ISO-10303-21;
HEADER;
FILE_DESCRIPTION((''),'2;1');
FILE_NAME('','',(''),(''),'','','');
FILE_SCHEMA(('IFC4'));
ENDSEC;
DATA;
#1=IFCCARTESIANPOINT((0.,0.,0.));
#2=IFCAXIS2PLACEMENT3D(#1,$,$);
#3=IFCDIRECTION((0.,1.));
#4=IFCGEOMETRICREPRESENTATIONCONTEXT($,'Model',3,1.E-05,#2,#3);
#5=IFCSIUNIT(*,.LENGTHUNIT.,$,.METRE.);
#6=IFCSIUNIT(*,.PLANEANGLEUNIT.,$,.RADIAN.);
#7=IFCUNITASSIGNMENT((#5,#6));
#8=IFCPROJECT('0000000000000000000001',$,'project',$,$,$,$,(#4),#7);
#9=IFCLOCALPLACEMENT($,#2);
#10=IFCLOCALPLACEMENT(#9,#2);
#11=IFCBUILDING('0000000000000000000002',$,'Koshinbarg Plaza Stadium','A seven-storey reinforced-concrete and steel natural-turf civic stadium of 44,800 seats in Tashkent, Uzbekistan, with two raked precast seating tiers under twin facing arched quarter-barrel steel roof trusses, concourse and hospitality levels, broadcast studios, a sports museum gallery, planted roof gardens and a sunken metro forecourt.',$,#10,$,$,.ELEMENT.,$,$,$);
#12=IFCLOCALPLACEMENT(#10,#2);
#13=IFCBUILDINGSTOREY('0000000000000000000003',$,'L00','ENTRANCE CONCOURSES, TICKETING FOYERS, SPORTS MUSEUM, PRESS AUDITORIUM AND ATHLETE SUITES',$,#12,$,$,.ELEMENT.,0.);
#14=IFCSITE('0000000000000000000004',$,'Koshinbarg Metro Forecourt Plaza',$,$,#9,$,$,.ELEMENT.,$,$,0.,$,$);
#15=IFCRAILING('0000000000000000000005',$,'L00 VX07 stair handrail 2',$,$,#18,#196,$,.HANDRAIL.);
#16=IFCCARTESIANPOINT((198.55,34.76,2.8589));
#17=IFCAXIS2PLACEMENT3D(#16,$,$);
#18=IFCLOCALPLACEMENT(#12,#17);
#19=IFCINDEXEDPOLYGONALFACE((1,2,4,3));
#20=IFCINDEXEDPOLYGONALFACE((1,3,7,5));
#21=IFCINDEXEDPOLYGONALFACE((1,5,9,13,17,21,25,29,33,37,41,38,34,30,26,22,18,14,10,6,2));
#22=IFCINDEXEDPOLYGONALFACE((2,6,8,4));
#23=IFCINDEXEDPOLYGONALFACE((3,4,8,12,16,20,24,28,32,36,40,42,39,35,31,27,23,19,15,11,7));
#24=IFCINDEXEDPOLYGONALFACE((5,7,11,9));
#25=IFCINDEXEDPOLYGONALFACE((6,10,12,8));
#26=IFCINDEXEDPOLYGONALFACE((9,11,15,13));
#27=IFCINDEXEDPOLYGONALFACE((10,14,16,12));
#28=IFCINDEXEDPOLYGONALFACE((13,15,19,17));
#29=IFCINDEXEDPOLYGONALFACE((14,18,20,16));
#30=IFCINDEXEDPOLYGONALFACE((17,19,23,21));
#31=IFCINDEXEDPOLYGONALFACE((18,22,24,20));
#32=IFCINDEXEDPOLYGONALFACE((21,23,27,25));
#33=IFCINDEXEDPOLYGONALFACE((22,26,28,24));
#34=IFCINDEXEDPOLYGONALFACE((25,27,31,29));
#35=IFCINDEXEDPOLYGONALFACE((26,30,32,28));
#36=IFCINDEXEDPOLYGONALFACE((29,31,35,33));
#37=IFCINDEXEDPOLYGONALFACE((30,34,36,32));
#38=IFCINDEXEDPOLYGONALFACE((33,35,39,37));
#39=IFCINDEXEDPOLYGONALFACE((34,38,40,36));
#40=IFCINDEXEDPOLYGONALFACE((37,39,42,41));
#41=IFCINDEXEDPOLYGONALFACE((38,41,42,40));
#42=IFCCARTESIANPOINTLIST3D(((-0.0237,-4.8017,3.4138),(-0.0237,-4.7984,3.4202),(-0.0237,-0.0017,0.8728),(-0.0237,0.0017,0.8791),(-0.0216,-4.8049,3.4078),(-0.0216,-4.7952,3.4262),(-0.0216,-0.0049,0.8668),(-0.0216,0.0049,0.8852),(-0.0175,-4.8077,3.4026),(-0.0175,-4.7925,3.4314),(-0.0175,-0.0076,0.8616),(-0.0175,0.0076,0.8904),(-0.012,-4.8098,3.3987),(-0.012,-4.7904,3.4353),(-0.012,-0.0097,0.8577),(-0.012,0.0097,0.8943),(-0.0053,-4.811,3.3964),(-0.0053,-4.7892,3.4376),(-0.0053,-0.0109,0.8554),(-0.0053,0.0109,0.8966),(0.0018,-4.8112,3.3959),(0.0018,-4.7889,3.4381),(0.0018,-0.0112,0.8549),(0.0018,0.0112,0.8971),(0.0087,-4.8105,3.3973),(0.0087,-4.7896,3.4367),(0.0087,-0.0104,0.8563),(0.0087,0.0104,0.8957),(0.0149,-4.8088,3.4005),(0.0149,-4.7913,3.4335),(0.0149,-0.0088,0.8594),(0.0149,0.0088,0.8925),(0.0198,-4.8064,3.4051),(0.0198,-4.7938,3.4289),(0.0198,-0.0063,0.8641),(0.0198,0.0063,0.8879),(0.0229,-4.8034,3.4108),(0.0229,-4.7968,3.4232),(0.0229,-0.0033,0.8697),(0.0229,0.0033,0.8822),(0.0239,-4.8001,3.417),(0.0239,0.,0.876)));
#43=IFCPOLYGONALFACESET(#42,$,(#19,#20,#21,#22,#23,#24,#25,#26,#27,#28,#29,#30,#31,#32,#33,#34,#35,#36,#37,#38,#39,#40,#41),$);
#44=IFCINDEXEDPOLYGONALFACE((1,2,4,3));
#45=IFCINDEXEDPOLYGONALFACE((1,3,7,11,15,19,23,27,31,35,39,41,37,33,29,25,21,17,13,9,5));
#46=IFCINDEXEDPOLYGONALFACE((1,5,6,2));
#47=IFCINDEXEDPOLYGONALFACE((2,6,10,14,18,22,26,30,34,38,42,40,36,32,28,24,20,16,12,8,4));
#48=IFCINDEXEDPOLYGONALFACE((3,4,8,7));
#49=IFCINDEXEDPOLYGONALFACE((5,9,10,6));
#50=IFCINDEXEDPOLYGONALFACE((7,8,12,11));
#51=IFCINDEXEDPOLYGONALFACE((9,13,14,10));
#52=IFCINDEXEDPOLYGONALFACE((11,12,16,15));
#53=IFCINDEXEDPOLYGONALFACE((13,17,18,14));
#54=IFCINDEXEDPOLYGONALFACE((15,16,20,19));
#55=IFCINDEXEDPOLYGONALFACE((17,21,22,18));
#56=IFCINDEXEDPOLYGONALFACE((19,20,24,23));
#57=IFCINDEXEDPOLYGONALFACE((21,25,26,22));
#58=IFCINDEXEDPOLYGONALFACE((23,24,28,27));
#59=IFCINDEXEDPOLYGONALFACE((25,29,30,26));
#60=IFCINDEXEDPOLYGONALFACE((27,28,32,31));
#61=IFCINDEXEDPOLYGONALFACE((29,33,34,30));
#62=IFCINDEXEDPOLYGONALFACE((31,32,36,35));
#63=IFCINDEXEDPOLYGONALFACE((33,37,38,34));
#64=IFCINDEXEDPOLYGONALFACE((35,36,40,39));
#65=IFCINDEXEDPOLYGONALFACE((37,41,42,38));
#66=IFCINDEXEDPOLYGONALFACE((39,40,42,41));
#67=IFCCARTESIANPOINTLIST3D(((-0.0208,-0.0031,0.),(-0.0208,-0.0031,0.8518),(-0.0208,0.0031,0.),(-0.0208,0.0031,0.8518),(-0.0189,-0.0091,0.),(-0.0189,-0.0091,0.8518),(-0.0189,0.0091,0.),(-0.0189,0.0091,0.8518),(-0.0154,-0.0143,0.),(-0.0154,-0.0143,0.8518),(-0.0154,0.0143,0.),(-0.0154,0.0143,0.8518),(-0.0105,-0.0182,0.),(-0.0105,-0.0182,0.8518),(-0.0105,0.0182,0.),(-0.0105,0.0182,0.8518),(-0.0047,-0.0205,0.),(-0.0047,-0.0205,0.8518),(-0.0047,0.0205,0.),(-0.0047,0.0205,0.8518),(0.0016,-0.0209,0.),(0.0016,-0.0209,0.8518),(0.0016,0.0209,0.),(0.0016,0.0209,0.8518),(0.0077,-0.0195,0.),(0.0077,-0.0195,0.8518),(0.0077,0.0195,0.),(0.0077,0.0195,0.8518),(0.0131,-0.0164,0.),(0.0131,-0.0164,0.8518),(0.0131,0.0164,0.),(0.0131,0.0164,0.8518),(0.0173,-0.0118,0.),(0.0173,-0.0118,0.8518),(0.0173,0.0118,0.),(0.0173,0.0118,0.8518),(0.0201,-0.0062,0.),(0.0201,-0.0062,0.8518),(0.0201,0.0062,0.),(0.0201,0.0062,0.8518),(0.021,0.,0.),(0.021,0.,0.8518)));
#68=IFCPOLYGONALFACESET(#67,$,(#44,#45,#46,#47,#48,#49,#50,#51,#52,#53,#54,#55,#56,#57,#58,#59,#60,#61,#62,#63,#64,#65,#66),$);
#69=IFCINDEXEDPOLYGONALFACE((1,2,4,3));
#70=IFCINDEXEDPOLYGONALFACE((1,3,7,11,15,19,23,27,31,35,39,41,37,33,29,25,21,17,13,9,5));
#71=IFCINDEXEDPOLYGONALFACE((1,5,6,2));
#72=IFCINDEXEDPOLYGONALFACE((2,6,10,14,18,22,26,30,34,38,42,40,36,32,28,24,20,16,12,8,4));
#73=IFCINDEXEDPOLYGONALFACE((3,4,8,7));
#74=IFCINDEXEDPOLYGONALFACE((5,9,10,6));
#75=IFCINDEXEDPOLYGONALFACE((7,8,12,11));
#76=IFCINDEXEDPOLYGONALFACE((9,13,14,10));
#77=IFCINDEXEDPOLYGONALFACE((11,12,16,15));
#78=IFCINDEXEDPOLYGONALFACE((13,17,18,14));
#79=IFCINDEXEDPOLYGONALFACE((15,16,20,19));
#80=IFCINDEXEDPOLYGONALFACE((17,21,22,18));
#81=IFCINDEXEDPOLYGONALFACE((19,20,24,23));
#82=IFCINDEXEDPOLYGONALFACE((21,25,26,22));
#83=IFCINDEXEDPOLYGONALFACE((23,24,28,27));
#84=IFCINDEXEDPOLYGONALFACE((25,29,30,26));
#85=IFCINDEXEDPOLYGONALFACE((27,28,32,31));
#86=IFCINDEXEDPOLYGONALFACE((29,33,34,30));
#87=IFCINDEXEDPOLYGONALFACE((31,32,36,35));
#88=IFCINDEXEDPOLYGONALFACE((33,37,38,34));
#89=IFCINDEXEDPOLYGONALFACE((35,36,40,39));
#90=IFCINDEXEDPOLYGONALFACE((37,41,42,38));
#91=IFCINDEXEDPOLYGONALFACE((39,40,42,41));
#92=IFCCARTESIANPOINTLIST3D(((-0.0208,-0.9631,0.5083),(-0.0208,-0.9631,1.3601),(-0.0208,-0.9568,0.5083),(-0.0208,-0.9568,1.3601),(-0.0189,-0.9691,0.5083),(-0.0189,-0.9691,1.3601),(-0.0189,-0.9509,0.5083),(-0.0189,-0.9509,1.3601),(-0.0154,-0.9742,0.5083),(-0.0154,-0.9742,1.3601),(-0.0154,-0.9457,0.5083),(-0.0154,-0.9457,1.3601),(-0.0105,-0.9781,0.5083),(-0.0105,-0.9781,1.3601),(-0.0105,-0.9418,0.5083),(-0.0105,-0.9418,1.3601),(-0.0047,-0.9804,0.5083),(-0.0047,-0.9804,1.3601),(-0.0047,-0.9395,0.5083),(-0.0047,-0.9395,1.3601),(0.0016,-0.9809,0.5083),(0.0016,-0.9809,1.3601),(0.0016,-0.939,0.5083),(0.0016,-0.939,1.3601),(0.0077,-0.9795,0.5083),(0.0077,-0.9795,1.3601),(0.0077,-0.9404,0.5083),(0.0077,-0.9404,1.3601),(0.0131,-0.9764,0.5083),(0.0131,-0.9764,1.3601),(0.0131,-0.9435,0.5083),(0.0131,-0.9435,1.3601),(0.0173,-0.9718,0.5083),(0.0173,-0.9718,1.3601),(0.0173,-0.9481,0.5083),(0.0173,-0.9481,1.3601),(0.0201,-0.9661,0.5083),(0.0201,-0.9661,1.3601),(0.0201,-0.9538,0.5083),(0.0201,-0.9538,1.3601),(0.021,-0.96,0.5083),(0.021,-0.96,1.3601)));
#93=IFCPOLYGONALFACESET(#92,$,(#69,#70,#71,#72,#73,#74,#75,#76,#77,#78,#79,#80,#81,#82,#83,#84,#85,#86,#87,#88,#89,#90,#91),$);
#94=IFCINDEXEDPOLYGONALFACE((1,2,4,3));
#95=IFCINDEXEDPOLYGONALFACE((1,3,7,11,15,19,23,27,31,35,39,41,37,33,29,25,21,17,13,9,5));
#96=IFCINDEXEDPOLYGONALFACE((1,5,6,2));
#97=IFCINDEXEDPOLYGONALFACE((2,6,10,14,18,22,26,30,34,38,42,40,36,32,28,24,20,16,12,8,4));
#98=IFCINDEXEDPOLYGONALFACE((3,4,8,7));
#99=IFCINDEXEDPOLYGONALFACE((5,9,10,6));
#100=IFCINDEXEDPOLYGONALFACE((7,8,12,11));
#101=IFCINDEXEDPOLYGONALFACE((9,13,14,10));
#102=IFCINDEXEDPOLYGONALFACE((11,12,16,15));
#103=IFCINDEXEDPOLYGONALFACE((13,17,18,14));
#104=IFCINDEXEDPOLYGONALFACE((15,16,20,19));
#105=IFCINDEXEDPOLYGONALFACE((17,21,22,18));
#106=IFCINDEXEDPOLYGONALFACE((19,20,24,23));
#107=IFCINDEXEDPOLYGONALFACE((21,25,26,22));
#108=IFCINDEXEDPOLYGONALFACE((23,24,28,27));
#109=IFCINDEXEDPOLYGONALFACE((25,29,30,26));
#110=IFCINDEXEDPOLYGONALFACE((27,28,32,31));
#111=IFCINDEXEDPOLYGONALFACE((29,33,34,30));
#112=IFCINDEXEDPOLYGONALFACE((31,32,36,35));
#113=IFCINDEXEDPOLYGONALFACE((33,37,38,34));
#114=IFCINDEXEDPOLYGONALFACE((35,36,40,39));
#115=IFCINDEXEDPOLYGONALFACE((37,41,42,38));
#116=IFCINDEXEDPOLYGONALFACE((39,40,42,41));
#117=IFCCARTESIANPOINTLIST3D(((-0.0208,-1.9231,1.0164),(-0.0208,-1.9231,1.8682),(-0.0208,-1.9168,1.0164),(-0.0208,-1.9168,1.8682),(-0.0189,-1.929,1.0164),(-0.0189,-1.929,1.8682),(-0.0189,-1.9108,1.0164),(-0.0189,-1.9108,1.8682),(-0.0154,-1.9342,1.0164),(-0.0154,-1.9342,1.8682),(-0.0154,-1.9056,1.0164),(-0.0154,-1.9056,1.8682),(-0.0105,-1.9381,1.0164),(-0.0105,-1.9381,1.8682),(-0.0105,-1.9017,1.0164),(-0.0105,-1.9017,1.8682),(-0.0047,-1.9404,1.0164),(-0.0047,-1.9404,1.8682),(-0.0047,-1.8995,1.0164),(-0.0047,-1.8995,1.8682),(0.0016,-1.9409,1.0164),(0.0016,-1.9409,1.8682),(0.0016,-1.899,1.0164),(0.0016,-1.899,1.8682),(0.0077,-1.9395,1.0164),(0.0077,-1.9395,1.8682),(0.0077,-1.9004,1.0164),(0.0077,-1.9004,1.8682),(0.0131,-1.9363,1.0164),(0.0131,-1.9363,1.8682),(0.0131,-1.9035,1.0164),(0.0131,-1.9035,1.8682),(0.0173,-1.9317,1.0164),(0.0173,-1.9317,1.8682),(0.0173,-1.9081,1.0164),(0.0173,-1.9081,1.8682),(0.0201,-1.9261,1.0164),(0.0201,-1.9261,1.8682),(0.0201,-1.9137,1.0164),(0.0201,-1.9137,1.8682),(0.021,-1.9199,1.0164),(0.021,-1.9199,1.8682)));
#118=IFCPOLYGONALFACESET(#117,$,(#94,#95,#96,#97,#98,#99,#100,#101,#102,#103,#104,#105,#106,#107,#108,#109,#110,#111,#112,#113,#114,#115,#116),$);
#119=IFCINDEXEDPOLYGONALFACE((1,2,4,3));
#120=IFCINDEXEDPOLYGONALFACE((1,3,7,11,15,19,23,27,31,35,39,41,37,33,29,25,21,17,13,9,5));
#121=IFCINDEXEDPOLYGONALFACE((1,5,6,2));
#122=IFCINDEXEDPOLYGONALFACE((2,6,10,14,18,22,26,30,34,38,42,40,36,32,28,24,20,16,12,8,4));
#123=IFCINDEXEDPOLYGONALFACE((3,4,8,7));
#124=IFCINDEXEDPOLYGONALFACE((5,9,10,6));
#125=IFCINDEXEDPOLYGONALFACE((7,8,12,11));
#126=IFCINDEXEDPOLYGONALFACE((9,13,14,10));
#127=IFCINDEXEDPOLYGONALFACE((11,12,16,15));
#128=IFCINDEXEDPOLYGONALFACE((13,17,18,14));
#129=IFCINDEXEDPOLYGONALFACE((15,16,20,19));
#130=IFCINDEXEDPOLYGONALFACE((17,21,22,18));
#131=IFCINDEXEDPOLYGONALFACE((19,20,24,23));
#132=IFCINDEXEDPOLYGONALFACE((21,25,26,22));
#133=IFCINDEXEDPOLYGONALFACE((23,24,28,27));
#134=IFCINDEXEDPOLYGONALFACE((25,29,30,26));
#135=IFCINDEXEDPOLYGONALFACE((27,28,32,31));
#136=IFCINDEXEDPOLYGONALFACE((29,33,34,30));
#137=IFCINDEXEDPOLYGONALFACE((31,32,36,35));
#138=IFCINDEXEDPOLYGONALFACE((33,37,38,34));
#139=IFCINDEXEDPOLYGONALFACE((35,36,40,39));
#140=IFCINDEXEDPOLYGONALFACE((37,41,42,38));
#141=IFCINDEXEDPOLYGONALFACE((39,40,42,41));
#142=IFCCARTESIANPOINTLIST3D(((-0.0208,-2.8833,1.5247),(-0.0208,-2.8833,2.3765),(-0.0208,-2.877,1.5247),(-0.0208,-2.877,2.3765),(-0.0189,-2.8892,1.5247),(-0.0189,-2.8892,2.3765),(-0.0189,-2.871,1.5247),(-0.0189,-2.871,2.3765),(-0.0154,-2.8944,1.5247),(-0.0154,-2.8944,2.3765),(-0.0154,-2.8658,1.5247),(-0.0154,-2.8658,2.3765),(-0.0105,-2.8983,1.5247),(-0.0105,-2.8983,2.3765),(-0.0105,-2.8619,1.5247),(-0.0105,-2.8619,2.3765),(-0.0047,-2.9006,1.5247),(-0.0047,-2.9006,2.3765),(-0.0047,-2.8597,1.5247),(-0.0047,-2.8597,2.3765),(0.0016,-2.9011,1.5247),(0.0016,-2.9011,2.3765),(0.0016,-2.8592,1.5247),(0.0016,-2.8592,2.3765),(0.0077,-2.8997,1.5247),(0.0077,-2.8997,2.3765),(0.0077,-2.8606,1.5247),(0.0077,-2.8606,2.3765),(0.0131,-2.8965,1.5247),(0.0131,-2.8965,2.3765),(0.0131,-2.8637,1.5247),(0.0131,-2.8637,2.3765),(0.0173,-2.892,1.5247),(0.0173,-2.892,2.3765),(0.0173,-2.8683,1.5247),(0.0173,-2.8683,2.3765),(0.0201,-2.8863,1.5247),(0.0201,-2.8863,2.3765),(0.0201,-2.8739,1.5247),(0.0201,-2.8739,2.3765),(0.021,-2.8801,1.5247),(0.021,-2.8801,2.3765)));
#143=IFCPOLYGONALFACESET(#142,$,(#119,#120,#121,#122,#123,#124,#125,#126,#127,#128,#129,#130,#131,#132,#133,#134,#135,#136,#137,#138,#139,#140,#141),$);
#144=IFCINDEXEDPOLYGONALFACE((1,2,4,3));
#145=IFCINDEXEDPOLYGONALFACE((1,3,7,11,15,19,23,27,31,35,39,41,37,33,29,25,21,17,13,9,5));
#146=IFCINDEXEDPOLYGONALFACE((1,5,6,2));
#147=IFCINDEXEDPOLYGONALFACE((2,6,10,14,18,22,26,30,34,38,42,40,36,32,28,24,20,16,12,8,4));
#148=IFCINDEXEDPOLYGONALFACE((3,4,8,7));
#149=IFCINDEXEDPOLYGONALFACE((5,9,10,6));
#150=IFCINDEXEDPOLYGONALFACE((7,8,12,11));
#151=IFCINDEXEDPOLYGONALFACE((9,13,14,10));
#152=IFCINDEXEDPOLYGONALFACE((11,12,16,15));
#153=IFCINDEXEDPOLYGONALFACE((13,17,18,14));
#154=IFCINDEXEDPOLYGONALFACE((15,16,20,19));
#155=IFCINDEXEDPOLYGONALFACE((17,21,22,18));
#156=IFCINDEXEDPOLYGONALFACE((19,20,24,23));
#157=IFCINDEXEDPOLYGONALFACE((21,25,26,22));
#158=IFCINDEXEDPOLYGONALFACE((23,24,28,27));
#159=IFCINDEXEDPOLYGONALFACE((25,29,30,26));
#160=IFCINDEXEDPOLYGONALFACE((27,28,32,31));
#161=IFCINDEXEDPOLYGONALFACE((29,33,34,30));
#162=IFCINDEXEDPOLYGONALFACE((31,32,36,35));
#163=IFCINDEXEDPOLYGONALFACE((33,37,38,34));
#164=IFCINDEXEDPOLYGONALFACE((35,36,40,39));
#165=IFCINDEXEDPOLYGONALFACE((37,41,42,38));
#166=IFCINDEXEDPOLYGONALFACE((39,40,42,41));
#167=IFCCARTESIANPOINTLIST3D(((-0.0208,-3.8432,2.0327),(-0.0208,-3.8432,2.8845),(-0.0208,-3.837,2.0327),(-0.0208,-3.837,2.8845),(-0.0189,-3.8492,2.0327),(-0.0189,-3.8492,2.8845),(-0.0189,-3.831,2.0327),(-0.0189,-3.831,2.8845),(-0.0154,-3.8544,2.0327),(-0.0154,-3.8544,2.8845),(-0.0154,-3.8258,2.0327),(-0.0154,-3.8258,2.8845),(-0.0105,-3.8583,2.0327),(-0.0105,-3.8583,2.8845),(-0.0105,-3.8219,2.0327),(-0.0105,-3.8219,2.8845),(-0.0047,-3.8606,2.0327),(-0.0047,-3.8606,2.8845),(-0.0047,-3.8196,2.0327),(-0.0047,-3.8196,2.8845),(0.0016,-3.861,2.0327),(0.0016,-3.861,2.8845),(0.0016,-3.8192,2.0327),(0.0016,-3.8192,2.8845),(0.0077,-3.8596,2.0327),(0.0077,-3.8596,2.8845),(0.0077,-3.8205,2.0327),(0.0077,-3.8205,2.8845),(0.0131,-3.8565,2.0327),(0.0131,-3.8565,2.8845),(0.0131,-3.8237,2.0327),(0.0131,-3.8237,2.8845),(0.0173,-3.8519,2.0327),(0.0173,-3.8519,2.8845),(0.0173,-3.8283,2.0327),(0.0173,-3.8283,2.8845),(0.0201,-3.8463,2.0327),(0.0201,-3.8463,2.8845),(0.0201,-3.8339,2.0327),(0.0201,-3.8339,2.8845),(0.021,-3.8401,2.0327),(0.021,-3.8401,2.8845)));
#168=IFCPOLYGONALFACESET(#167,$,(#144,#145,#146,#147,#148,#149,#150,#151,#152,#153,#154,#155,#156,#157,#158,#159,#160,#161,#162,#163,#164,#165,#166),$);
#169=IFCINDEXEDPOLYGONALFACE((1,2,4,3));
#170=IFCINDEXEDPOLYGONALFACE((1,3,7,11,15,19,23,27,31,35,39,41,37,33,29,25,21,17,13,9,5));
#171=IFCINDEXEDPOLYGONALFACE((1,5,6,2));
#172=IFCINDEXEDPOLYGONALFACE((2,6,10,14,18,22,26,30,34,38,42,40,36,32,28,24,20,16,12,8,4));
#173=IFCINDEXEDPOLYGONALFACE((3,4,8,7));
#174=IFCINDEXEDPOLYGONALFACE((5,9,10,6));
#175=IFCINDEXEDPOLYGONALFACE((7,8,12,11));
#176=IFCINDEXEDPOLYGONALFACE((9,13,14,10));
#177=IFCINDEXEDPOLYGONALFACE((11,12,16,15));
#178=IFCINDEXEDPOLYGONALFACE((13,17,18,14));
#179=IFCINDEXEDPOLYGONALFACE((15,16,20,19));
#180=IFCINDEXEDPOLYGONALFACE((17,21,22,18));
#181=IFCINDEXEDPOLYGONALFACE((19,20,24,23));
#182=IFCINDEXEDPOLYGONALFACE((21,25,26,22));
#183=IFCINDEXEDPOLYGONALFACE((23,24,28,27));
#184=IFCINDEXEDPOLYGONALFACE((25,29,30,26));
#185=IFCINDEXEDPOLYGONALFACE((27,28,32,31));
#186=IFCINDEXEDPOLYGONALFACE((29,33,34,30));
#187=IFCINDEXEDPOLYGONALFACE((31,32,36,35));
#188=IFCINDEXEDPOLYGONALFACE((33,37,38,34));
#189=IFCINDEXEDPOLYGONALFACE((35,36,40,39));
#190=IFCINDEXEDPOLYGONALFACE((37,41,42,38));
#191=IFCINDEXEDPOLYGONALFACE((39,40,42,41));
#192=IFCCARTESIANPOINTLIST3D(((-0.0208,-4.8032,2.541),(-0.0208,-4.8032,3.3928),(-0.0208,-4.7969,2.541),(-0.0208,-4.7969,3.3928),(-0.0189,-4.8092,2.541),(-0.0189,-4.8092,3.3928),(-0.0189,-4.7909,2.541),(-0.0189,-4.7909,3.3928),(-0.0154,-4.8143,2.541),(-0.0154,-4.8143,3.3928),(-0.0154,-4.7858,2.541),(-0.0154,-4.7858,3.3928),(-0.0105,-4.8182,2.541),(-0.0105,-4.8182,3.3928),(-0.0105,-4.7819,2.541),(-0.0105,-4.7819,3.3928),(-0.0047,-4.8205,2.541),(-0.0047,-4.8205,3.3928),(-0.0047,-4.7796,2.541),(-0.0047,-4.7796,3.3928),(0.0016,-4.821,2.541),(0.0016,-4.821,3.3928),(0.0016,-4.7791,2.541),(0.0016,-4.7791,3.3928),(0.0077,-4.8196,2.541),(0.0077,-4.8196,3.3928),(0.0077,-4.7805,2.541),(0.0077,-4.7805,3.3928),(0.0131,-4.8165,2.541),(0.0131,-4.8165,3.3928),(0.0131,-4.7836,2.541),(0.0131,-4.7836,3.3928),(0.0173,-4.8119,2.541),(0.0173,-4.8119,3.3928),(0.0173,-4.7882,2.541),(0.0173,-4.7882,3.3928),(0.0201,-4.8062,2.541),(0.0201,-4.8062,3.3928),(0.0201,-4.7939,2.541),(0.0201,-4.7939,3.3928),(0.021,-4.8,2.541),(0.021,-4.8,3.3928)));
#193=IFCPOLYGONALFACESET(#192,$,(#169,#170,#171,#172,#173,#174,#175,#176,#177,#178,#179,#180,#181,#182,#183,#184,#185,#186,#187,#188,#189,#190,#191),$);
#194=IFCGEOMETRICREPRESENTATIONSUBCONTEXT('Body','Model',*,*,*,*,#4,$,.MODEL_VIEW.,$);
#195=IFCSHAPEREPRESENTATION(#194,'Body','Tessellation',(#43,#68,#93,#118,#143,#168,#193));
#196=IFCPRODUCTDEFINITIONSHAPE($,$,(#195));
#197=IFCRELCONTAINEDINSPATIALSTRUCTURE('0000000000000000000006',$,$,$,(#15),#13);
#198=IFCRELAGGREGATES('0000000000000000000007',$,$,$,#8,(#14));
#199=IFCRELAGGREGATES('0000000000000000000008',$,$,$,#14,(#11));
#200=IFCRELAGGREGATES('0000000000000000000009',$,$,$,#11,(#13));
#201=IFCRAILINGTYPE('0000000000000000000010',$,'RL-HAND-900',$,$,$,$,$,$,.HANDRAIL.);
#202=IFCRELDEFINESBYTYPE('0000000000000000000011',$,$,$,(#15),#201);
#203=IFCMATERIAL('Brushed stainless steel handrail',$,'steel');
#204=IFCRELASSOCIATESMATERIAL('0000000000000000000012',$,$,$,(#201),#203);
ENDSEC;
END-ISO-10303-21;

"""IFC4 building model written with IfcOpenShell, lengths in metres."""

from ifc_helpers import new_model, si_unit, direction, frame, origin, origin_2d, place, context, subcontext, project, spatial, circle, extrude, material, type_object, element, save


model = new_model("IFC4")

# Units and contexts
model_context = context("Model", 3, precision=1e-05, world=origin(), true_north=direction((0.0, 1.0)))
body_context = subcontext(model_context, "Body", "Model", "MODEL_VIEW")
ifc_project = project(units=[si_unit("LENGTHUNIT", "METRE"), si_unit("PLANEANGLEUNIT", "RADIAN")], contexts=[model_context])

# Site, building, storey
site_placement = place(None, origin())
site = spatial("IfcSite", under=ifc_project, at=site_placement, Name="Koshinbarg Metro Forecourt Plaza", CompositionType="ELEMENT", RefElevation=0.0)
building_placement = place(site_placement, origin())
building = spatial("IfcBuilding", under=site, at=building_placement, Name="Koshinbarg Plaza Stadium", Description="A seven-storey reinforced-concrete and steel natural-turf civic stadium of 44,800 seats in Tashkent, Uzbekistan, with two raked precast seating tiers under twin facing arched quarter-barrel steel roof trusses, concourse and hospitality levels, broadcast studios, a sports museum gallery, planted roof gardens and a sunken metro forecourt.", CompositionType="ELEMENT")
storey_placement = place(building_placement, origin())
storey = spatial("IfcBuildingStorey", under=building, at=storey_placement, Name="L00", Description="ENTRANCE CONCOURSES, TICKETING FOYERS, SPORTS MUSEUM, PRESS AUDITORIUM AND ATHLETE SUITES", CompositionType="ELEMENT", Elevation=0.0)

# Railing
ifc_material_1 = material(Name="Brushed stainless steel handrail", Category="steel")
railing_type_1 = type_object("IfcRailingType", Name="RL-HAND-900", PredefinedType="HANDRAIL", material=ifc_material_1)
for number, where, name in (
    (1, (198.55, 34.76, 2.8589), "L00 VX07 stair handrail 2"),
):
    element("IfcRailing", number, at=place(storey_placement, frame(where)), inside=storey, type_object=railing_type_1, Name=name, PredefinedType="HANDRAIL", context=body_context, shape_type="SweptSolid", body=[
        extrude(circle(Radius=0.0239, at=origin_2d()), frame((0.0, 0.0, 0.876), z_axis=(0.0, -0.883802, 0.467861), x_axis=(1.0, 0.0, 0.0)), (0.0, 0.0, 1.0), 5.4312),
        extrude(circle(Radius=0.021, at=origin_2d()), origin(), (0.0, 0.0, 1.0), 0.8518),
        extrude(circle(Radius=0.021, at=origin_2d()), frame((0.0, -0.96, 0.5083)), (0.0, 0.0, 1.0), 0.8518),
        extrude(circle(Radius=0.021, at=origin_2d()), frame((0.0, -1.9199, 1.0164)), (0.0, 0.0, 1.0), 0.8518),
        extrude(circle(Radius=0.021, at=origin_2d()), frame((0.0, -2.8801, 1.5247)), (0.0, 0.0, 1.0), 0.8518),
        extrude(circle(Radius=0.021, at=origin_2d()), frame((0.0, -3.8401, 2.0327)), (0.0, 0.0, 1.0), 0.8518),
        extrude(circle(Radius=0.021, at=origin_2d()), frame((0.0, -4.8, 2.541)), (0.0, 0.0, 1.0), 0.8518),
    ])

save(model, "model.ifc")
